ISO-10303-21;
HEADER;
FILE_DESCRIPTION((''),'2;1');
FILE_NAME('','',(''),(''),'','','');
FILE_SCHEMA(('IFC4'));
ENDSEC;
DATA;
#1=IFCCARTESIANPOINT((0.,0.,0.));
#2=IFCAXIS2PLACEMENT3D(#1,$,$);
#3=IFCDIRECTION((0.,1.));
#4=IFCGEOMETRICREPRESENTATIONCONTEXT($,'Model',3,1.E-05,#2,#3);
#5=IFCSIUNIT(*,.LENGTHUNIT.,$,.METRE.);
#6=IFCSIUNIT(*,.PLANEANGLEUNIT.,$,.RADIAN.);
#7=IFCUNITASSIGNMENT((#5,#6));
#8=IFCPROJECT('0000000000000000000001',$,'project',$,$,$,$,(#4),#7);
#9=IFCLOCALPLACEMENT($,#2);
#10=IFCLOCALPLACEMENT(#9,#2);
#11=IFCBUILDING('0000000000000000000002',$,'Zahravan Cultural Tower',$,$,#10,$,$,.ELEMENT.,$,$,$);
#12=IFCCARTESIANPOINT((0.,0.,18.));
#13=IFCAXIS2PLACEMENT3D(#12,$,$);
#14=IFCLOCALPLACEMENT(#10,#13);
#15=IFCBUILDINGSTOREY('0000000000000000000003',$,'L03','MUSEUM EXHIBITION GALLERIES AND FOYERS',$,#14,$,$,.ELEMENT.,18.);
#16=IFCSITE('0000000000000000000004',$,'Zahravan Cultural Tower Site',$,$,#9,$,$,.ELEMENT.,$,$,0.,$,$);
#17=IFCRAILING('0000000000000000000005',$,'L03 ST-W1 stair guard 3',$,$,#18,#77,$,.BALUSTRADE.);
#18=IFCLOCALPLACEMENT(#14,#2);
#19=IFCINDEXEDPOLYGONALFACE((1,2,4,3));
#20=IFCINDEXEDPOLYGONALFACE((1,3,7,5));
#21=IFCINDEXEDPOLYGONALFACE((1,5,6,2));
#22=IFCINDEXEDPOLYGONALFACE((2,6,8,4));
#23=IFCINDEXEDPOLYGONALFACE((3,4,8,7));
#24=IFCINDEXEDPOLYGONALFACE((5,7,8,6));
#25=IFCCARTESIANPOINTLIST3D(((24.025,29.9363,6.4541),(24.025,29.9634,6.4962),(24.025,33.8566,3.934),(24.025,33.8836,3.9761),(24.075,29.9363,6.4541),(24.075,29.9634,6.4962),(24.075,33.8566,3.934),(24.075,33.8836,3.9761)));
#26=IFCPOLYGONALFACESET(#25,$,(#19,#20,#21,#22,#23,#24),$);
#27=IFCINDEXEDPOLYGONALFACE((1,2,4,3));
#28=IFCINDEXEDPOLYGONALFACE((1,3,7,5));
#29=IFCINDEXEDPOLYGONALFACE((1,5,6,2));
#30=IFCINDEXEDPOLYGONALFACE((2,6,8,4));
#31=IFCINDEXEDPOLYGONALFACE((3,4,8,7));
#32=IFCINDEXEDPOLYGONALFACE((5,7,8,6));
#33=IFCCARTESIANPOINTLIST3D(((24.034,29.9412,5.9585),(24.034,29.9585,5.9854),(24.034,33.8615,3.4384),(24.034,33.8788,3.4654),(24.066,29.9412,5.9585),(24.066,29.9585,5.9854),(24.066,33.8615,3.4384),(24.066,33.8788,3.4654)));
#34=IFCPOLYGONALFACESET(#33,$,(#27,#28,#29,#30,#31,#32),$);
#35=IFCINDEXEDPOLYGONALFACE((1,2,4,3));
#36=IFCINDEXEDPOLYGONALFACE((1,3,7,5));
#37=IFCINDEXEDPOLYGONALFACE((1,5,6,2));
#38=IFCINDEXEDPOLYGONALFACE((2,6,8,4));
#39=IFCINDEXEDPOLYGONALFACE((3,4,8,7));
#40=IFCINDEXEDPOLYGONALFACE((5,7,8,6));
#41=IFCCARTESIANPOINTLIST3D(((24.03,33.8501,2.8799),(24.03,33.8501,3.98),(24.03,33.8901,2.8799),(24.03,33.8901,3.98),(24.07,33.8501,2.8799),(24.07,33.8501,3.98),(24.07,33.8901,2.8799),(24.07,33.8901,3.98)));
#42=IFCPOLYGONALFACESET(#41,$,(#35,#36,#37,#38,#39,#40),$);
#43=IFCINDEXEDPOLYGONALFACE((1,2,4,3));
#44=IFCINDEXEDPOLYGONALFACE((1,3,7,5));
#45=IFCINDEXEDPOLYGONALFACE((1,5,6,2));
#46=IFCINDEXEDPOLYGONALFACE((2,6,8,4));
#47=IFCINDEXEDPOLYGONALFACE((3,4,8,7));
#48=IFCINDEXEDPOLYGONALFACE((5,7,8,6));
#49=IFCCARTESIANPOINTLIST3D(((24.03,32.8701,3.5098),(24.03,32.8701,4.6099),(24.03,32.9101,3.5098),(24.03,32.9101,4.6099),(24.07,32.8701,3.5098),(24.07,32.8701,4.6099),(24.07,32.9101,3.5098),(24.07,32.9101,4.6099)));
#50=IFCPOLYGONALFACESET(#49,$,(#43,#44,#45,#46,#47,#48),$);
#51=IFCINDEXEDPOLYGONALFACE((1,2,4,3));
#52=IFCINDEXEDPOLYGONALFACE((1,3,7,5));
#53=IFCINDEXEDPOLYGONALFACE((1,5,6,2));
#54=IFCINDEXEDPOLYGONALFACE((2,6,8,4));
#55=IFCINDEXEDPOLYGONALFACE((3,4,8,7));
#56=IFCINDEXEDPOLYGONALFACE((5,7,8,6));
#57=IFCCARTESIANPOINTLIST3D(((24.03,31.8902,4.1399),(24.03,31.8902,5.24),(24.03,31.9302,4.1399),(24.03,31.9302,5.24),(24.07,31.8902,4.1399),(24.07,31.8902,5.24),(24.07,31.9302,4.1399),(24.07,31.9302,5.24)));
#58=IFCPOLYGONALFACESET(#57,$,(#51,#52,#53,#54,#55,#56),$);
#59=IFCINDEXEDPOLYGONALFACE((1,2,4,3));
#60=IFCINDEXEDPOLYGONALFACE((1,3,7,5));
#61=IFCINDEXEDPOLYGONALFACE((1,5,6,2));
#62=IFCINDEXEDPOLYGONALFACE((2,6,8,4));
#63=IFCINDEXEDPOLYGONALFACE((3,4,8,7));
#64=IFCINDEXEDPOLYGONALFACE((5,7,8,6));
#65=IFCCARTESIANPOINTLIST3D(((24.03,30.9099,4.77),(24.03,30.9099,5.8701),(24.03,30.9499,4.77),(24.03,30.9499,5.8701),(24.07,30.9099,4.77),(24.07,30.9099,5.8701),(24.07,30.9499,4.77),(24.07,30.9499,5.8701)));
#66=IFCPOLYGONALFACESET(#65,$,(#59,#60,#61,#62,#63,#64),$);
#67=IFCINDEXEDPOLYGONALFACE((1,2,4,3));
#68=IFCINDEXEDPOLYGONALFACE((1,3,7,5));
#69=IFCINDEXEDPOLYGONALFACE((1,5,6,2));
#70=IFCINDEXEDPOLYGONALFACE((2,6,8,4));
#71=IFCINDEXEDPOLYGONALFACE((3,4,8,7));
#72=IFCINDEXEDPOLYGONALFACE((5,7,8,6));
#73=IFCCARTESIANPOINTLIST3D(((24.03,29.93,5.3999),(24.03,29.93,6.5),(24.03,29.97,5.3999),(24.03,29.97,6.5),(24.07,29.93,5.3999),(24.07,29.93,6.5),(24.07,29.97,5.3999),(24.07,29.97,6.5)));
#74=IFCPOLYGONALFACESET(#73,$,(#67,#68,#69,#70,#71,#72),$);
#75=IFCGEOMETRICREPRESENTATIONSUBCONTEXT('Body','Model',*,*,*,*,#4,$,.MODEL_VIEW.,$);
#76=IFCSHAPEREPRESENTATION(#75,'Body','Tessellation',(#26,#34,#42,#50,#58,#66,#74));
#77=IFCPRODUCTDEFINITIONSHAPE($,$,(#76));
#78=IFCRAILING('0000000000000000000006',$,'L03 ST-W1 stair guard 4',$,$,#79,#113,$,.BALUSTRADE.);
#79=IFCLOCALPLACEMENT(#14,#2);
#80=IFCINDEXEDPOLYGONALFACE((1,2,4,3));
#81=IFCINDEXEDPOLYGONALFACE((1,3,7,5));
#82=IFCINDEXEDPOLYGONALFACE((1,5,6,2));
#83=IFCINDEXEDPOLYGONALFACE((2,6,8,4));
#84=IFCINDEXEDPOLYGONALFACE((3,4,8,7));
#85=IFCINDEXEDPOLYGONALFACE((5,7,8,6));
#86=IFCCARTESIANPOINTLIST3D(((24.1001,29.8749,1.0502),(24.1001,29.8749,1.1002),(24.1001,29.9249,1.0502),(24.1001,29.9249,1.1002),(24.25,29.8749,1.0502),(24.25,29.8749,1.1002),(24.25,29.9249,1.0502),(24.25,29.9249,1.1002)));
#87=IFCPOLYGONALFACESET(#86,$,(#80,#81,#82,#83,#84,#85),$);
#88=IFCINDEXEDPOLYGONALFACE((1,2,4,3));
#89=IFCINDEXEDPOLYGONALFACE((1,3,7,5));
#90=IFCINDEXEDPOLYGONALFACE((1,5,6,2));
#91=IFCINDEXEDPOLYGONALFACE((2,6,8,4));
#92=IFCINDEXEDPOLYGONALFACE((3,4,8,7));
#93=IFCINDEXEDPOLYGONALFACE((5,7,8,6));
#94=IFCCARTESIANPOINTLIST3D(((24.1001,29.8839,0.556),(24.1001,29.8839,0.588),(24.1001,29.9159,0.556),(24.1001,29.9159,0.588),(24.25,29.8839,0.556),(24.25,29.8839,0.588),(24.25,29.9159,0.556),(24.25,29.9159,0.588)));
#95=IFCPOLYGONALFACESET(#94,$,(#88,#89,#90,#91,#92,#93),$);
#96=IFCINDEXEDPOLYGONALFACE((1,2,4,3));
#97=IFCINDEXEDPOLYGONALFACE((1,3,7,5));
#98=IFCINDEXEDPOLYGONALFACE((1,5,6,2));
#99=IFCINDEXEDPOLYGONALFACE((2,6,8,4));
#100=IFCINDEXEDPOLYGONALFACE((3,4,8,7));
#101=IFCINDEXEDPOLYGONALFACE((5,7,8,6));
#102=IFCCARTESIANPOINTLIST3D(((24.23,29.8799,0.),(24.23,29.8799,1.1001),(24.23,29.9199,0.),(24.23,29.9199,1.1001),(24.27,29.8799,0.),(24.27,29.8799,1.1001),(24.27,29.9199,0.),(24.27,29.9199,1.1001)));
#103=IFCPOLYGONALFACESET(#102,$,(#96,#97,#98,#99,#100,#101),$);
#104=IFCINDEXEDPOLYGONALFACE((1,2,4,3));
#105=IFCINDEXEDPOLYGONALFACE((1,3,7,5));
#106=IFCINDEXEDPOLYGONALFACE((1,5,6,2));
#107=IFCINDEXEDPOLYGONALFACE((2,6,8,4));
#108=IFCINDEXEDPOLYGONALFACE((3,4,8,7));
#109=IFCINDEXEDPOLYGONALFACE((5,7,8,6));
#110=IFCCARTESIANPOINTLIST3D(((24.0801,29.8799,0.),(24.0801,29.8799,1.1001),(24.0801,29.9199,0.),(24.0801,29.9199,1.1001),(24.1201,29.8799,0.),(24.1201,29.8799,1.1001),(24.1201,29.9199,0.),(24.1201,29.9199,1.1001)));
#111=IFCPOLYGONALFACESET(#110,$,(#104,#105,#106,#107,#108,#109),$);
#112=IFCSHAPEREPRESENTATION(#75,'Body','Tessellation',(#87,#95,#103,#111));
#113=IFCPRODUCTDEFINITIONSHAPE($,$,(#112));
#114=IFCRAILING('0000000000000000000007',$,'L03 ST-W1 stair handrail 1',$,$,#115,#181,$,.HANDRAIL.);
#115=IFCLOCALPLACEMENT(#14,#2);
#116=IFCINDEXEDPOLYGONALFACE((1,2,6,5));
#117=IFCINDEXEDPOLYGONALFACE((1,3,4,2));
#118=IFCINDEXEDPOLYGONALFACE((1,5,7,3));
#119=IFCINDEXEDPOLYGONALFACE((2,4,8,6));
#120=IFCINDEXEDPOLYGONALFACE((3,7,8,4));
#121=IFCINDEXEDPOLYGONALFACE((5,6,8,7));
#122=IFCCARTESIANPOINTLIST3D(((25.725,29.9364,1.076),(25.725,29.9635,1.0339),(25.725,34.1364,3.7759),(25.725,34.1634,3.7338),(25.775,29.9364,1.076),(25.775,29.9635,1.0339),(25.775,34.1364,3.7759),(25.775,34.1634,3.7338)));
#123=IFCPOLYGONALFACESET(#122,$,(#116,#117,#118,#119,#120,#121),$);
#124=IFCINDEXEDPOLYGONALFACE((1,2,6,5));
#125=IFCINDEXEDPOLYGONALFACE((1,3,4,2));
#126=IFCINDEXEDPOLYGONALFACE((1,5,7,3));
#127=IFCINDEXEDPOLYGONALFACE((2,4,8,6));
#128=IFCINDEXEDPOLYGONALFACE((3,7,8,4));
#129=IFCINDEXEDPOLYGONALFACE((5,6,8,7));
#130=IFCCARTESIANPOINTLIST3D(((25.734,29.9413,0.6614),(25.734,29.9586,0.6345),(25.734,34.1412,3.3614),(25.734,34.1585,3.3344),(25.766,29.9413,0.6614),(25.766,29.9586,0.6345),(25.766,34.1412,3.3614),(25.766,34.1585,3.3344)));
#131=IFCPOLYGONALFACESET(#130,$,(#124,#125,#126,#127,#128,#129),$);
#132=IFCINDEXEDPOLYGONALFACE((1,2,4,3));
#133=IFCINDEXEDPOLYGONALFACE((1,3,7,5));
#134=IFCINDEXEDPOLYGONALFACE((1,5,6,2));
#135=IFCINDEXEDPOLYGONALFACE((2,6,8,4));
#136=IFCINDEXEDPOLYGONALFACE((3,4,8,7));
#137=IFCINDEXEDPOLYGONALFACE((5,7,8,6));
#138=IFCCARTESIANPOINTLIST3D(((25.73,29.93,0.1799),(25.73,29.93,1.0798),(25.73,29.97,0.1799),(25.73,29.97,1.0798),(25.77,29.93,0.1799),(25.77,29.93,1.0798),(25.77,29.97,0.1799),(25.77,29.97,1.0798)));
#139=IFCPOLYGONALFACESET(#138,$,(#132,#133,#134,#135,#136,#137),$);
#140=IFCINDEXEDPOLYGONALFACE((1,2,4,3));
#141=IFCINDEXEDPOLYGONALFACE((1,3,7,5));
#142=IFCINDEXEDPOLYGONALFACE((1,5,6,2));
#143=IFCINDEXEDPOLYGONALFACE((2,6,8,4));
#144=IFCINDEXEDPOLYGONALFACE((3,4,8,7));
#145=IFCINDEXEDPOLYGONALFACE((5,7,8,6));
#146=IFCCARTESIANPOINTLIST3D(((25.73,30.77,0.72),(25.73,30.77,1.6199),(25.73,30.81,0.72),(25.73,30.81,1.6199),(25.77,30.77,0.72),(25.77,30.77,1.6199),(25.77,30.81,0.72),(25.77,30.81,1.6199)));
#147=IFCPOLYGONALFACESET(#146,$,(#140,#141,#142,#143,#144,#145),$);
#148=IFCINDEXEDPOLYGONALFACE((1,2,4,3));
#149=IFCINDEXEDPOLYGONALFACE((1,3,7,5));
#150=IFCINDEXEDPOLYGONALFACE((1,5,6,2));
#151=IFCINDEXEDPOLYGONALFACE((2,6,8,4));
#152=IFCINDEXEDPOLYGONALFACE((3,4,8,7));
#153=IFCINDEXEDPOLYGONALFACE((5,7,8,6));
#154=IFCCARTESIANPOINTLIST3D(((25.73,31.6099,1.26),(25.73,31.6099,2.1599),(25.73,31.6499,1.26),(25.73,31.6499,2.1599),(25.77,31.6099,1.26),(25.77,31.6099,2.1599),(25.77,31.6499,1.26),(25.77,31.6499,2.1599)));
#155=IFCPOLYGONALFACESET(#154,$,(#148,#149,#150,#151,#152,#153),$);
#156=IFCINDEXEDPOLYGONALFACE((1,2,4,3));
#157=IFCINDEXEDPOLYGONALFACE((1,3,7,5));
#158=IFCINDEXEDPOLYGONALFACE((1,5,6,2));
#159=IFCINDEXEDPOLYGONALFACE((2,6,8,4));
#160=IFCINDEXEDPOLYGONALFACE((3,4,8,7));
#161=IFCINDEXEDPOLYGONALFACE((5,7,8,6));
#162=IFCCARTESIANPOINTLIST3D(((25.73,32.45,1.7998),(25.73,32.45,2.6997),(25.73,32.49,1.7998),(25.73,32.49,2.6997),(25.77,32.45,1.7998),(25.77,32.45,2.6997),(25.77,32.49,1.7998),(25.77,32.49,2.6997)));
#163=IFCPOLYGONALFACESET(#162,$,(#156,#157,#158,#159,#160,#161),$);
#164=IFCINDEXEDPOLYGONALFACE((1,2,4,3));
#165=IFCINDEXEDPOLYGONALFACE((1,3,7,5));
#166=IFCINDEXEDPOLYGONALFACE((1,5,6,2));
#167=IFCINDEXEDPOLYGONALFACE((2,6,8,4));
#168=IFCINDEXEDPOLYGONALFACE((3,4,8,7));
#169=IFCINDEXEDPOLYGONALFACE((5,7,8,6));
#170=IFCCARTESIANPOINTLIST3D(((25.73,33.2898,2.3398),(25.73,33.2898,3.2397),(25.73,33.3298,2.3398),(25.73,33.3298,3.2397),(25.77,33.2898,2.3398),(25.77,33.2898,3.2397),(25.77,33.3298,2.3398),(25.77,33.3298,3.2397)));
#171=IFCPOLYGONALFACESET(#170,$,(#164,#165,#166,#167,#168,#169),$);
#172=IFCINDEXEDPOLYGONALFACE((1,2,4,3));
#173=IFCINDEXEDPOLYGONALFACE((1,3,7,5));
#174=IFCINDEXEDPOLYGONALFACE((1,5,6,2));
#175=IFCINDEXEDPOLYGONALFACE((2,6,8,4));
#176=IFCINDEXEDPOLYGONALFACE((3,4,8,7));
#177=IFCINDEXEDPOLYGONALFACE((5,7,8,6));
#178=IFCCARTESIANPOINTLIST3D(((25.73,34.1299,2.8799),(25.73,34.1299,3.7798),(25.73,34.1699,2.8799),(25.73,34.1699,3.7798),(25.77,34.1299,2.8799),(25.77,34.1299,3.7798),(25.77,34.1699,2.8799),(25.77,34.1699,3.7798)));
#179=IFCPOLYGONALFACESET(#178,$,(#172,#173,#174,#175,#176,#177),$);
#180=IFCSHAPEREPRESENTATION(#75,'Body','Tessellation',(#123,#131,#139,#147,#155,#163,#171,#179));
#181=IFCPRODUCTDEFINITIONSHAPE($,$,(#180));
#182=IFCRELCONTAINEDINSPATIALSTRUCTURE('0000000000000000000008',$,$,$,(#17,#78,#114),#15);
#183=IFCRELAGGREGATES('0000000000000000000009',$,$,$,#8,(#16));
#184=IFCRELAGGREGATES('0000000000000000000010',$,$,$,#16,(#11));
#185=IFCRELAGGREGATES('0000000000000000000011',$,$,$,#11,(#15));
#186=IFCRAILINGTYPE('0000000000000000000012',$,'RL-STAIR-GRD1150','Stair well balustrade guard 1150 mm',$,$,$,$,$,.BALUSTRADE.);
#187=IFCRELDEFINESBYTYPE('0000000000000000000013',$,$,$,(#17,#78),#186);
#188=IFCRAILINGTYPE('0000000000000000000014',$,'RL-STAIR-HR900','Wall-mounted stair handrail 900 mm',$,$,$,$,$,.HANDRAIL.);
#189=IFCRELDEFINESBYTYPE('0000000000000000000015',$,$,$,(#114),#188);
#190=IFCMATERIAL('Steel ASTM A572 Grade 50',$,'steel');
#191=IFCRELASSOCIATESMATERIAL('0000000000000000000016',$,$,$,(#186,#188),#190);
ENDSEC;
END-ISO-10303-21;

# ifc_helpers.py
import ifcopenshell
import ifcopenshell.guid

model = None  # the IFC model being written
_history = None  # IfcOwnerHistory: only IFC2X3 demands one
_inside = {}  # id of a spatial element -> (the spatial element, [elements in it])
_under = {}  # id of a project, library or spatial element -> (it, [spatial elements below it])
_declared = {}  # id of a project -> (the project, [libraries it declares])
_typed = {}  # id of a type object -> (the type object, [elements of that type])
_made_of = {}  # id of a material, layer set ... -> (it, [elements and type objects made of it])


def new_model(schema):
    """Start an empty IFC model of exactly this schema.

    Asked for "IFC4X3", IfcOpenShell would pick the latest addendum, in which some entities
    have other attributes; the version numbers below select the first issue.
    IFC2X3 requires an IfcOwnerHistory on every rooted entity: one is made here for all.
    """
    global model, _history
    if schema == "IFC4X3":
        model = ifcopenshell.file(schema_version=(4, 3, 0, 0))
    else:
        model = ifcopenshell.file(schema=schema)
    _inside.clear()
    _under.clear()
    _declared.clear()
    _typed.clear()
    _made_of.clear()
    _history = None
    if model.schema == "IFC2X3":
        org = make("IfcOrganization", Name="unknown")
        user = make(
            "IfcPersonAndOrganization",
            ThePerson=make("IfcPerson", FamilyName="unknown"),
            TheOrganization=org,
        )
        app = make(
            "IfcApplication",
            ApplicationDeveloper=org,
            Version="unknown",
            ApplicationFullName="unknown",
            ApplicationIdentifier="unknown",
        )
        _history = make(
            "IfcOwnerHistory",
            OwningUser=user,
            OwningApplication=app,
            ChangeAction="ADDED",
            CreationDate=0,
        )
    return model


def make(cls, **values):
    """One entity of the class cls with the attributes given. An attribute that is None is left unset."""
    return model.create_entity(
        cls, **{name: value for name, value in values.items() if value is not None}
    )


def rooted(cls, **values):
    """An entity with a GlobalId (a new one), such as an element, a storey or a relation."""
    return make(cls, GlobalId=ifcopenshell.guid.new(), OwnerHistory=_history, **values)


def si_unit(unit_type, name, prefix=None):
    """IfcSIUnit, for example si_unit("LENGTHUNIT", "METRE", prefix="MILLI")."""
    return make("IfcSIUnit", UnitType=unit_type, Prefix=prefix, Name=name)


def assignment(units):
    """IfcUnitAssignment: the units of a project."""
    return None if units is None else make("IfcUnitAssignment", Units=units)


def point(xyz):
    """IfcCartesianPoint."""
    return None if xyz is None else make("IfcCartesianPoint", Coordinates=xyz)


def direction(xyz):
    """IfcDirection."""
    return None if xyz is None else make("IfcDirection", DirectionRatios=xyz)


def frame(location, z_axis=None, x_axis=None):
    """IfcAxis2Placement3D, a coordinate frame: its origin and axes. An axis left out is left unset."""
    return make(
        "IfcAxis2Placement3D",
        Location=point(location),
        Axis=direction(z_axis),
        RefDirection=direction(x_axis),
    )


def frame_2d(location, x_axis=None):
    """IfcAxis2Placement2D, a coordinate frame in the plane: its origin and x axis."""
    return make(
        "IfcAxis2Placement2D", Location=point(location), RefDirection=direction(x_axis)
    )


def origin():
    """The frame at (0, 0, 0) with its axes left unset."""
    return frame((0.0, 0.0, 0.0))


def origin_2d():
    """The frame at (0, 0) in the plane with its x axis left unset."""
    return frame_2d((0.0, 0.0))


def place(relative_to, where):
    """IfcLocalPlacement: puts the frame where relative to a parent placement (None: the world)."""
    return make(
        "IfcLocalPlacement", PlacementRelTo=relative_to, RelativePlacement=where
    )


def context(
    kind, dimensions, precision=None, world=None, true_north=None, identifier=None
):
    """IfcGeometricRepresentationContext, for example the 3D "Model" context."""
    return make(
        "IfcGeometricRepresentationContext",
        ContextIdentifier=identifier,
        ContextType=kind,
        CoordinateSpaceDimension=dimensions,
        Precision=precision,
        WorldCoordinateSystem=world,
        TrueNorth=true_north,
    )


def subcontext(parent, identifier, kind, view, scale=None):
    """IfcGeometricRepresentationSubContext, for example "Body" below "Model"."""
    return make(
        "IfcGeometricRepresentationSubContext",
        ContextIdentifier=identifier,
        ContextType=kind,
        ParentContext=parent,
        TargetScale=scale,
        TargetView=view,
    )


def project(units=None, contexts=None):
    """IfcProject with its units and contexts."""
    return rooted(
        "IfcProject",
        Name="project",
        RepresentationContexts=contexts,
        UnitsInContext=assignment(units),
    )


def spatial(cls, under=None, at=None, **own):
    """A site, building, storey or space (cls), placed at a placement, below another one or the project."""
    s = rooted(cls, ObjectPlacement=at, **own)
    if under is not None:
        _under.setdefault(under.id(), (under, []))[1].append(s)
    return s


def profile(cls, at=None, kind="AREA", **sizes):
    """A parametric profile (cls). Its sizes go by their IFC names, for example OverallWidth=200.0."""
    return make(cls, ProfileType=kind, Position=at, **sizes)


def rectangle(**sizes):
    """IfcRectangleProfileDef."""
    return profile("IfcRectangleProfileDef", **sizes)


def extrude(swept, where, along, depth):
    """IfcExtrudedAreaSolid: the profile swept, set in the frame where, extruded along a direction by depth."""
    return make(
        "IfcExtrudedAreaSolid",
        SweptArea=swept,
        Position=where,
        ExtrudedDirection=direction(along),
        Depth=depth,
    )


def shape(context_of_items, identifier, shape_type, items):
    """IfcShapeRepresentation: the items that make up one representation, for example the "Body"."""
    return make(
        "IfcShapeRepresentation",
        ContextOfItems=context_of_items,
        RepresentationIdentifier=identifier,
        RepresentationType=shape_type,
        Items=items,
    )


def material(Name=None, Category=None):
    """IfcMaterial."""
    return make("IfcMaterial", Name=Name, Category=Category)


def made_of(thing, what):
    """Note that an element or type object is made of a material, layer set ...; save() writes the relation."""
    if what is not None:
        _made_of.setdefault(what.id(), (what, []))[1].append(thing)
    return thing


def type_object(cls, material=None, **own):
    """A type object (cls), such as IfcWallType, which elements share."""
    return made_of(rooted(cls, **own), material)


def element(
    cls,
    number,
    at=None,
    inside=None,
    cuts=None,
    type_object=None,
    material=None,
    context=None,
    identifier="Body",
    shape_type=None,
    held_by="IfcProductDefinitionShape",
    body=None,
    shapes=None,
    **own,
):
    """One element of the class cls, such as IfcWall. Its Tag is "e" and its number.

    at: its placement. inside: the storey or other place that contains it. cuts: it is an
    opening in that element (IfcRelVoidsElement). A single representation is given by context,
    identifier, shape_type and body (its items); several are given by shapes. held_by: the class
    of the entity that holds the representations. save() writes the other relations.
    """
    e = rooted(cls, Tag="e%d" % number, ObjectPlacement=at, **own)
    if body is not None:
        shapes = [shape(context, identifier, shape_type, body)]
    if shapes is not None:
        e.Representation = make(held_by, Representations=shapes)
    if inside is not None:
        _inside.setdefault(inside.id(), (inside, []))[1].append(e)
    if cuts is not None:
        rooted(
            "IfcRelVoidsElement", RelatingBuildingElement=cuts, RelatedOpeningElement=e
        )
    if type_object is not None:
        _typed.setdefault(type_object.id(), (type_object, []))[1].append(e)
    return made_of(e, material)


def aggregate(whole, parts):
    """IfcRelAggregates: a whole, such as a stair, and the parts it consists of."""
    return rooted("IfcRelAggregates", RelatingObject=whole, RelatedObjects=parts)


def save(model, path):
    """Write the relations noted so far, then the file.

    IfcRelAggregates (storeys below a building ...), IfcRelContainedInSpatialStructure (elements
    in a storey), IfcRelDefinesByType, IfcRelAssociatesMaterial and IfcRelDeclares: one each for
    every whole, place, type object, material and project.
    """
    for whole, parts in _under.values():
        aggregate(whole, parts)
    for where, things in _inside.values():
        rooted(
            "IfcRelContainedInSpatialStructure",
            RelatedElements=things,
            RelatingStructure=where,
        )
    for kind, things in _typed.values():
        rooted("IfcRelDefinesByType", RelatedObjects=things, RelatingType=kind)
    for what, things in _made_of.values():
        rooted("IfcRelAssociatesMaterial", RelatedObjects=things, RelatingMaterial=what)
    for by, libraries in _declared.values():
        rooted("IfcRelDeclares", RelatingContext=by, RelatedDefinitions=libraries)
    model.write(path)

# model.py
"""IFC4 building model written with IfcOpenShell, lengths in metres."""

from ifc_helpers import new_model, si_unit, direction, frame, origin, origin_2d, place, context, subcontext, project, spatial, rectangle, extrude, material, type_object, element, save


model = new_model("IFC4")

# Units and contexts
model_context = context("Model", 3, precision=1e-05, world=origin(), true_north=direction((0.0, 1.0)))
body_context = subcontext(model_context, "Body", "Model", "MODEL_VIEW")
ifc_project = project(units=[si_unit("LENGTHUNIT", "METRE"), si_unit("PLANEANGLEUNIT", "RADIAN")], contexts=[model_context])

# Site, building, storey
site_placement = place(None, origin())
site = spatial("IfcSite", under=ifc_project, at=site_placement, Name="Zahravan Cultural Tower Site", CompositionType="ELEMENT", RefElevation=0.0)
building_placement = place(site_placement, origin())
building = spatial("IfcBuilding", under=site, at=building_placement, Name="Zahravan Cultural Tower", CompositionType="ELEMENT")
storey_placement = place(building_placement, frame((0.0, 0.0, 18.0)))
storey = spatial("IfcBuildingStorey", under=building, at=storey_placement, Name="L03", Description="MUSEUM EXHIBITION GALLERIES AND FOYERS", CompositionType="ELEMENT", Elevation=18.0)

# Shared definitions
ifc_material_1 = material(Name="Steel ASTM A572 Grade 50", Category="steel")

# Railings
railing_type_1 = type_object("IfcRailingType", Name="RL-STAIR-GRD1150", Description="Stair well balustrade guard 1150 mm", PredefinedType="BALUSTRADE", material=ifc_material_1)
railing_1_placement = place(storey_placement, frame((24.05, 33.8701, 2.8799)))
element("IfcRailing", 1, at=railing_1_placement, inside=storey, type_object=railing_type_1, Name="L03 ST-W1 stair guard 3", PredefinedType="BALUSTRADE", context=body_context, shape_type="SweptSolid", body=[
    extrude(rectangle(XDim=0.05, YDim=0.05, at=origin_2d()), frame((0.0, 0.0, 1.0752), z_axis=(0.0, -0.841187, 0.540744), x_axis=(1.0, 0.0, 0.0)), (0.0, 0.0, 1.0), 4.6604),
    extrude(rectangle(XDim=0.032, YDim=0.032, at=origin_2d()), frame((0.0, 0.0, 0.572), z_axis=(0.0, -0.841187, 0.540744), x_axis=(1.0, 0.0, 0.0)), (0.0, 0.0, 1.0), 4.6604),
    extrude(rectangle(XDim=0.04, YDim=0.04, at=origin_2d()), origin(), (0.0, 0.0, 1.0), 1.1001),
    extrude(rectangle(XDim=0.04, YDim=0.04, at=origin_2d()), frame((0.0, -0.98, 0.6299)), (0.0, 0.0, 1.0), 1.1001),
    extrude(rectangle(XDim=0.04, YDim=0.04, at=origin_2d()), frame((0.0, -1.96, 1.26)), (0.0, 0.0, 1.0), 1.1001),
    extrude(rectangle(XDim=0.04, YDim=0.04, at=origin_2d()), frame((0.0, -2.9402, 1.8901)), (0.0, 0.0, 1.0), 1.1001),
    extrude(rectangle(XDim=0.04, YDim=0.04, at=origin_2d()), frame((0.0, -3.9202, 2.52)), (0.0, 0.0, 1.0), 1.1001),
])
railing_2_placement = place(storey_placement, frame((24.25, 29.8999, 0.0)))
element("IfcRailing", 2, at=railing_2_placement, inside=storey, type_object=railing_type_1, Name="L03 ST-W1 stair guard 4", PredefinedType="BALUSTRADE", context=body_context, shape_type="SweptSolid", body=[
    extrude(rectangle(XDim=0.05, YDim=0.05, at=origin_2d()), frame((0.0, 0.0, 1.0752), z_axis=(-1.0, 0.0, 0.0), x_axis=(0.0, -1.0, 0.0)), (0.0, 0.0, 1.0), 0.1499),
    extrude(rectangle(XDim=0.032, YDim=0.032, at=origin_2d()), frame((0.0, 0.0, 0.572), z_axis=(-1.0, 0.0, 0.0), x_axis=(0.0, -1.0, 0.0)), (0.0, 0.0, 1.0), 0.1499),
    extrude(rectangle(XDim=0.04, YDim=0.04, at=origin_2d()), origin(), (0.0, 0.0, 1.0), 1.1001),
    extrude(rectangle(XDim=0.04, YDim=0.04, at=origin_2d()), frame((-0.1499, 0.0, 0.0)), (0.0, 0.0, 1.0), 1.1001),
])
railing_type_2 = type_object("IfcRailingType", Name="RL-STAIR-HR900", Description="Wall-mounted stair handrail 900 mm", PredefinedType="HANDRAIL", material=ifc_material_1)
railing_3_placement = place(storey_placement, frame((25.75, 29.95, 0.1799)))
element("IfcRailing", 3, at=railing_3_placement, inside=storey, type_object=railing_type_2, Name="L03 ST-W1 stair handrail 1", PredefinedType="HANDRAIL", context=body_context, shape_type="SweptSolid", body=[
    extrude(rectangle(XDim=0.05, YDim=0.05, at=origin_2d()), frame((0.0, 0.0, 0.875), z_axis=(0.0, 0.84118, 0.540755), x_axis=(-1.0, 0.0, 0.0)), (0.0, 0.0, 1.0), 4.9929),
    extrude(rectangle(XDim=0.032, YDim=0.032, at=origin_2d()), frame((0.0, 0.0, 0.468), z_axis=(0.0, 0.84118, 0.540755), x_axis=(-1.0, 0.0, 0.0)), (0.0, 0.0, 1.0), 4.9929),
    extrude(rectangle(XDim=0.04, YDim=0.04, at=origin_2d()), origin(), (0.0, 0.0, 1.0), 0.8999),
    extrude(rectangle(XDim=0.04, YDim=0.04, at=origin_2d()), frame((0.0, 0.8401, 0.54)), (0.0, 0.0, 1.0), 0.8999),
    extrude(rectangle(XDim=0.04, YDim=0.04, at=origin_2d()), frame((0.0, 1.6799, 1.0801)), (0.0, 0.0, 1.0), 0.8999),
    extrude(rectangle(XDim=0.04, YDim=0.04, at=origin_2d()), frame((0.0, 2.52, 1.6199)), (0.0, 0.0, 1.0), 0.8999),
    extrude(rectangle(XDim=0.04, YDim=0.04, at=origin_2d()), frame((0.0, 3.3599, 2.1599)), (0.0, 0.0, 1.0), 0.8999),
    extrude(rectangle(XDim=0.04, YDim=0.04, at=origin_2d()), frame((0.0, 4.2, 2.7)), (0.0, 0.0, 1.0), 0.8999),
])

save(model, "model.ifc")
